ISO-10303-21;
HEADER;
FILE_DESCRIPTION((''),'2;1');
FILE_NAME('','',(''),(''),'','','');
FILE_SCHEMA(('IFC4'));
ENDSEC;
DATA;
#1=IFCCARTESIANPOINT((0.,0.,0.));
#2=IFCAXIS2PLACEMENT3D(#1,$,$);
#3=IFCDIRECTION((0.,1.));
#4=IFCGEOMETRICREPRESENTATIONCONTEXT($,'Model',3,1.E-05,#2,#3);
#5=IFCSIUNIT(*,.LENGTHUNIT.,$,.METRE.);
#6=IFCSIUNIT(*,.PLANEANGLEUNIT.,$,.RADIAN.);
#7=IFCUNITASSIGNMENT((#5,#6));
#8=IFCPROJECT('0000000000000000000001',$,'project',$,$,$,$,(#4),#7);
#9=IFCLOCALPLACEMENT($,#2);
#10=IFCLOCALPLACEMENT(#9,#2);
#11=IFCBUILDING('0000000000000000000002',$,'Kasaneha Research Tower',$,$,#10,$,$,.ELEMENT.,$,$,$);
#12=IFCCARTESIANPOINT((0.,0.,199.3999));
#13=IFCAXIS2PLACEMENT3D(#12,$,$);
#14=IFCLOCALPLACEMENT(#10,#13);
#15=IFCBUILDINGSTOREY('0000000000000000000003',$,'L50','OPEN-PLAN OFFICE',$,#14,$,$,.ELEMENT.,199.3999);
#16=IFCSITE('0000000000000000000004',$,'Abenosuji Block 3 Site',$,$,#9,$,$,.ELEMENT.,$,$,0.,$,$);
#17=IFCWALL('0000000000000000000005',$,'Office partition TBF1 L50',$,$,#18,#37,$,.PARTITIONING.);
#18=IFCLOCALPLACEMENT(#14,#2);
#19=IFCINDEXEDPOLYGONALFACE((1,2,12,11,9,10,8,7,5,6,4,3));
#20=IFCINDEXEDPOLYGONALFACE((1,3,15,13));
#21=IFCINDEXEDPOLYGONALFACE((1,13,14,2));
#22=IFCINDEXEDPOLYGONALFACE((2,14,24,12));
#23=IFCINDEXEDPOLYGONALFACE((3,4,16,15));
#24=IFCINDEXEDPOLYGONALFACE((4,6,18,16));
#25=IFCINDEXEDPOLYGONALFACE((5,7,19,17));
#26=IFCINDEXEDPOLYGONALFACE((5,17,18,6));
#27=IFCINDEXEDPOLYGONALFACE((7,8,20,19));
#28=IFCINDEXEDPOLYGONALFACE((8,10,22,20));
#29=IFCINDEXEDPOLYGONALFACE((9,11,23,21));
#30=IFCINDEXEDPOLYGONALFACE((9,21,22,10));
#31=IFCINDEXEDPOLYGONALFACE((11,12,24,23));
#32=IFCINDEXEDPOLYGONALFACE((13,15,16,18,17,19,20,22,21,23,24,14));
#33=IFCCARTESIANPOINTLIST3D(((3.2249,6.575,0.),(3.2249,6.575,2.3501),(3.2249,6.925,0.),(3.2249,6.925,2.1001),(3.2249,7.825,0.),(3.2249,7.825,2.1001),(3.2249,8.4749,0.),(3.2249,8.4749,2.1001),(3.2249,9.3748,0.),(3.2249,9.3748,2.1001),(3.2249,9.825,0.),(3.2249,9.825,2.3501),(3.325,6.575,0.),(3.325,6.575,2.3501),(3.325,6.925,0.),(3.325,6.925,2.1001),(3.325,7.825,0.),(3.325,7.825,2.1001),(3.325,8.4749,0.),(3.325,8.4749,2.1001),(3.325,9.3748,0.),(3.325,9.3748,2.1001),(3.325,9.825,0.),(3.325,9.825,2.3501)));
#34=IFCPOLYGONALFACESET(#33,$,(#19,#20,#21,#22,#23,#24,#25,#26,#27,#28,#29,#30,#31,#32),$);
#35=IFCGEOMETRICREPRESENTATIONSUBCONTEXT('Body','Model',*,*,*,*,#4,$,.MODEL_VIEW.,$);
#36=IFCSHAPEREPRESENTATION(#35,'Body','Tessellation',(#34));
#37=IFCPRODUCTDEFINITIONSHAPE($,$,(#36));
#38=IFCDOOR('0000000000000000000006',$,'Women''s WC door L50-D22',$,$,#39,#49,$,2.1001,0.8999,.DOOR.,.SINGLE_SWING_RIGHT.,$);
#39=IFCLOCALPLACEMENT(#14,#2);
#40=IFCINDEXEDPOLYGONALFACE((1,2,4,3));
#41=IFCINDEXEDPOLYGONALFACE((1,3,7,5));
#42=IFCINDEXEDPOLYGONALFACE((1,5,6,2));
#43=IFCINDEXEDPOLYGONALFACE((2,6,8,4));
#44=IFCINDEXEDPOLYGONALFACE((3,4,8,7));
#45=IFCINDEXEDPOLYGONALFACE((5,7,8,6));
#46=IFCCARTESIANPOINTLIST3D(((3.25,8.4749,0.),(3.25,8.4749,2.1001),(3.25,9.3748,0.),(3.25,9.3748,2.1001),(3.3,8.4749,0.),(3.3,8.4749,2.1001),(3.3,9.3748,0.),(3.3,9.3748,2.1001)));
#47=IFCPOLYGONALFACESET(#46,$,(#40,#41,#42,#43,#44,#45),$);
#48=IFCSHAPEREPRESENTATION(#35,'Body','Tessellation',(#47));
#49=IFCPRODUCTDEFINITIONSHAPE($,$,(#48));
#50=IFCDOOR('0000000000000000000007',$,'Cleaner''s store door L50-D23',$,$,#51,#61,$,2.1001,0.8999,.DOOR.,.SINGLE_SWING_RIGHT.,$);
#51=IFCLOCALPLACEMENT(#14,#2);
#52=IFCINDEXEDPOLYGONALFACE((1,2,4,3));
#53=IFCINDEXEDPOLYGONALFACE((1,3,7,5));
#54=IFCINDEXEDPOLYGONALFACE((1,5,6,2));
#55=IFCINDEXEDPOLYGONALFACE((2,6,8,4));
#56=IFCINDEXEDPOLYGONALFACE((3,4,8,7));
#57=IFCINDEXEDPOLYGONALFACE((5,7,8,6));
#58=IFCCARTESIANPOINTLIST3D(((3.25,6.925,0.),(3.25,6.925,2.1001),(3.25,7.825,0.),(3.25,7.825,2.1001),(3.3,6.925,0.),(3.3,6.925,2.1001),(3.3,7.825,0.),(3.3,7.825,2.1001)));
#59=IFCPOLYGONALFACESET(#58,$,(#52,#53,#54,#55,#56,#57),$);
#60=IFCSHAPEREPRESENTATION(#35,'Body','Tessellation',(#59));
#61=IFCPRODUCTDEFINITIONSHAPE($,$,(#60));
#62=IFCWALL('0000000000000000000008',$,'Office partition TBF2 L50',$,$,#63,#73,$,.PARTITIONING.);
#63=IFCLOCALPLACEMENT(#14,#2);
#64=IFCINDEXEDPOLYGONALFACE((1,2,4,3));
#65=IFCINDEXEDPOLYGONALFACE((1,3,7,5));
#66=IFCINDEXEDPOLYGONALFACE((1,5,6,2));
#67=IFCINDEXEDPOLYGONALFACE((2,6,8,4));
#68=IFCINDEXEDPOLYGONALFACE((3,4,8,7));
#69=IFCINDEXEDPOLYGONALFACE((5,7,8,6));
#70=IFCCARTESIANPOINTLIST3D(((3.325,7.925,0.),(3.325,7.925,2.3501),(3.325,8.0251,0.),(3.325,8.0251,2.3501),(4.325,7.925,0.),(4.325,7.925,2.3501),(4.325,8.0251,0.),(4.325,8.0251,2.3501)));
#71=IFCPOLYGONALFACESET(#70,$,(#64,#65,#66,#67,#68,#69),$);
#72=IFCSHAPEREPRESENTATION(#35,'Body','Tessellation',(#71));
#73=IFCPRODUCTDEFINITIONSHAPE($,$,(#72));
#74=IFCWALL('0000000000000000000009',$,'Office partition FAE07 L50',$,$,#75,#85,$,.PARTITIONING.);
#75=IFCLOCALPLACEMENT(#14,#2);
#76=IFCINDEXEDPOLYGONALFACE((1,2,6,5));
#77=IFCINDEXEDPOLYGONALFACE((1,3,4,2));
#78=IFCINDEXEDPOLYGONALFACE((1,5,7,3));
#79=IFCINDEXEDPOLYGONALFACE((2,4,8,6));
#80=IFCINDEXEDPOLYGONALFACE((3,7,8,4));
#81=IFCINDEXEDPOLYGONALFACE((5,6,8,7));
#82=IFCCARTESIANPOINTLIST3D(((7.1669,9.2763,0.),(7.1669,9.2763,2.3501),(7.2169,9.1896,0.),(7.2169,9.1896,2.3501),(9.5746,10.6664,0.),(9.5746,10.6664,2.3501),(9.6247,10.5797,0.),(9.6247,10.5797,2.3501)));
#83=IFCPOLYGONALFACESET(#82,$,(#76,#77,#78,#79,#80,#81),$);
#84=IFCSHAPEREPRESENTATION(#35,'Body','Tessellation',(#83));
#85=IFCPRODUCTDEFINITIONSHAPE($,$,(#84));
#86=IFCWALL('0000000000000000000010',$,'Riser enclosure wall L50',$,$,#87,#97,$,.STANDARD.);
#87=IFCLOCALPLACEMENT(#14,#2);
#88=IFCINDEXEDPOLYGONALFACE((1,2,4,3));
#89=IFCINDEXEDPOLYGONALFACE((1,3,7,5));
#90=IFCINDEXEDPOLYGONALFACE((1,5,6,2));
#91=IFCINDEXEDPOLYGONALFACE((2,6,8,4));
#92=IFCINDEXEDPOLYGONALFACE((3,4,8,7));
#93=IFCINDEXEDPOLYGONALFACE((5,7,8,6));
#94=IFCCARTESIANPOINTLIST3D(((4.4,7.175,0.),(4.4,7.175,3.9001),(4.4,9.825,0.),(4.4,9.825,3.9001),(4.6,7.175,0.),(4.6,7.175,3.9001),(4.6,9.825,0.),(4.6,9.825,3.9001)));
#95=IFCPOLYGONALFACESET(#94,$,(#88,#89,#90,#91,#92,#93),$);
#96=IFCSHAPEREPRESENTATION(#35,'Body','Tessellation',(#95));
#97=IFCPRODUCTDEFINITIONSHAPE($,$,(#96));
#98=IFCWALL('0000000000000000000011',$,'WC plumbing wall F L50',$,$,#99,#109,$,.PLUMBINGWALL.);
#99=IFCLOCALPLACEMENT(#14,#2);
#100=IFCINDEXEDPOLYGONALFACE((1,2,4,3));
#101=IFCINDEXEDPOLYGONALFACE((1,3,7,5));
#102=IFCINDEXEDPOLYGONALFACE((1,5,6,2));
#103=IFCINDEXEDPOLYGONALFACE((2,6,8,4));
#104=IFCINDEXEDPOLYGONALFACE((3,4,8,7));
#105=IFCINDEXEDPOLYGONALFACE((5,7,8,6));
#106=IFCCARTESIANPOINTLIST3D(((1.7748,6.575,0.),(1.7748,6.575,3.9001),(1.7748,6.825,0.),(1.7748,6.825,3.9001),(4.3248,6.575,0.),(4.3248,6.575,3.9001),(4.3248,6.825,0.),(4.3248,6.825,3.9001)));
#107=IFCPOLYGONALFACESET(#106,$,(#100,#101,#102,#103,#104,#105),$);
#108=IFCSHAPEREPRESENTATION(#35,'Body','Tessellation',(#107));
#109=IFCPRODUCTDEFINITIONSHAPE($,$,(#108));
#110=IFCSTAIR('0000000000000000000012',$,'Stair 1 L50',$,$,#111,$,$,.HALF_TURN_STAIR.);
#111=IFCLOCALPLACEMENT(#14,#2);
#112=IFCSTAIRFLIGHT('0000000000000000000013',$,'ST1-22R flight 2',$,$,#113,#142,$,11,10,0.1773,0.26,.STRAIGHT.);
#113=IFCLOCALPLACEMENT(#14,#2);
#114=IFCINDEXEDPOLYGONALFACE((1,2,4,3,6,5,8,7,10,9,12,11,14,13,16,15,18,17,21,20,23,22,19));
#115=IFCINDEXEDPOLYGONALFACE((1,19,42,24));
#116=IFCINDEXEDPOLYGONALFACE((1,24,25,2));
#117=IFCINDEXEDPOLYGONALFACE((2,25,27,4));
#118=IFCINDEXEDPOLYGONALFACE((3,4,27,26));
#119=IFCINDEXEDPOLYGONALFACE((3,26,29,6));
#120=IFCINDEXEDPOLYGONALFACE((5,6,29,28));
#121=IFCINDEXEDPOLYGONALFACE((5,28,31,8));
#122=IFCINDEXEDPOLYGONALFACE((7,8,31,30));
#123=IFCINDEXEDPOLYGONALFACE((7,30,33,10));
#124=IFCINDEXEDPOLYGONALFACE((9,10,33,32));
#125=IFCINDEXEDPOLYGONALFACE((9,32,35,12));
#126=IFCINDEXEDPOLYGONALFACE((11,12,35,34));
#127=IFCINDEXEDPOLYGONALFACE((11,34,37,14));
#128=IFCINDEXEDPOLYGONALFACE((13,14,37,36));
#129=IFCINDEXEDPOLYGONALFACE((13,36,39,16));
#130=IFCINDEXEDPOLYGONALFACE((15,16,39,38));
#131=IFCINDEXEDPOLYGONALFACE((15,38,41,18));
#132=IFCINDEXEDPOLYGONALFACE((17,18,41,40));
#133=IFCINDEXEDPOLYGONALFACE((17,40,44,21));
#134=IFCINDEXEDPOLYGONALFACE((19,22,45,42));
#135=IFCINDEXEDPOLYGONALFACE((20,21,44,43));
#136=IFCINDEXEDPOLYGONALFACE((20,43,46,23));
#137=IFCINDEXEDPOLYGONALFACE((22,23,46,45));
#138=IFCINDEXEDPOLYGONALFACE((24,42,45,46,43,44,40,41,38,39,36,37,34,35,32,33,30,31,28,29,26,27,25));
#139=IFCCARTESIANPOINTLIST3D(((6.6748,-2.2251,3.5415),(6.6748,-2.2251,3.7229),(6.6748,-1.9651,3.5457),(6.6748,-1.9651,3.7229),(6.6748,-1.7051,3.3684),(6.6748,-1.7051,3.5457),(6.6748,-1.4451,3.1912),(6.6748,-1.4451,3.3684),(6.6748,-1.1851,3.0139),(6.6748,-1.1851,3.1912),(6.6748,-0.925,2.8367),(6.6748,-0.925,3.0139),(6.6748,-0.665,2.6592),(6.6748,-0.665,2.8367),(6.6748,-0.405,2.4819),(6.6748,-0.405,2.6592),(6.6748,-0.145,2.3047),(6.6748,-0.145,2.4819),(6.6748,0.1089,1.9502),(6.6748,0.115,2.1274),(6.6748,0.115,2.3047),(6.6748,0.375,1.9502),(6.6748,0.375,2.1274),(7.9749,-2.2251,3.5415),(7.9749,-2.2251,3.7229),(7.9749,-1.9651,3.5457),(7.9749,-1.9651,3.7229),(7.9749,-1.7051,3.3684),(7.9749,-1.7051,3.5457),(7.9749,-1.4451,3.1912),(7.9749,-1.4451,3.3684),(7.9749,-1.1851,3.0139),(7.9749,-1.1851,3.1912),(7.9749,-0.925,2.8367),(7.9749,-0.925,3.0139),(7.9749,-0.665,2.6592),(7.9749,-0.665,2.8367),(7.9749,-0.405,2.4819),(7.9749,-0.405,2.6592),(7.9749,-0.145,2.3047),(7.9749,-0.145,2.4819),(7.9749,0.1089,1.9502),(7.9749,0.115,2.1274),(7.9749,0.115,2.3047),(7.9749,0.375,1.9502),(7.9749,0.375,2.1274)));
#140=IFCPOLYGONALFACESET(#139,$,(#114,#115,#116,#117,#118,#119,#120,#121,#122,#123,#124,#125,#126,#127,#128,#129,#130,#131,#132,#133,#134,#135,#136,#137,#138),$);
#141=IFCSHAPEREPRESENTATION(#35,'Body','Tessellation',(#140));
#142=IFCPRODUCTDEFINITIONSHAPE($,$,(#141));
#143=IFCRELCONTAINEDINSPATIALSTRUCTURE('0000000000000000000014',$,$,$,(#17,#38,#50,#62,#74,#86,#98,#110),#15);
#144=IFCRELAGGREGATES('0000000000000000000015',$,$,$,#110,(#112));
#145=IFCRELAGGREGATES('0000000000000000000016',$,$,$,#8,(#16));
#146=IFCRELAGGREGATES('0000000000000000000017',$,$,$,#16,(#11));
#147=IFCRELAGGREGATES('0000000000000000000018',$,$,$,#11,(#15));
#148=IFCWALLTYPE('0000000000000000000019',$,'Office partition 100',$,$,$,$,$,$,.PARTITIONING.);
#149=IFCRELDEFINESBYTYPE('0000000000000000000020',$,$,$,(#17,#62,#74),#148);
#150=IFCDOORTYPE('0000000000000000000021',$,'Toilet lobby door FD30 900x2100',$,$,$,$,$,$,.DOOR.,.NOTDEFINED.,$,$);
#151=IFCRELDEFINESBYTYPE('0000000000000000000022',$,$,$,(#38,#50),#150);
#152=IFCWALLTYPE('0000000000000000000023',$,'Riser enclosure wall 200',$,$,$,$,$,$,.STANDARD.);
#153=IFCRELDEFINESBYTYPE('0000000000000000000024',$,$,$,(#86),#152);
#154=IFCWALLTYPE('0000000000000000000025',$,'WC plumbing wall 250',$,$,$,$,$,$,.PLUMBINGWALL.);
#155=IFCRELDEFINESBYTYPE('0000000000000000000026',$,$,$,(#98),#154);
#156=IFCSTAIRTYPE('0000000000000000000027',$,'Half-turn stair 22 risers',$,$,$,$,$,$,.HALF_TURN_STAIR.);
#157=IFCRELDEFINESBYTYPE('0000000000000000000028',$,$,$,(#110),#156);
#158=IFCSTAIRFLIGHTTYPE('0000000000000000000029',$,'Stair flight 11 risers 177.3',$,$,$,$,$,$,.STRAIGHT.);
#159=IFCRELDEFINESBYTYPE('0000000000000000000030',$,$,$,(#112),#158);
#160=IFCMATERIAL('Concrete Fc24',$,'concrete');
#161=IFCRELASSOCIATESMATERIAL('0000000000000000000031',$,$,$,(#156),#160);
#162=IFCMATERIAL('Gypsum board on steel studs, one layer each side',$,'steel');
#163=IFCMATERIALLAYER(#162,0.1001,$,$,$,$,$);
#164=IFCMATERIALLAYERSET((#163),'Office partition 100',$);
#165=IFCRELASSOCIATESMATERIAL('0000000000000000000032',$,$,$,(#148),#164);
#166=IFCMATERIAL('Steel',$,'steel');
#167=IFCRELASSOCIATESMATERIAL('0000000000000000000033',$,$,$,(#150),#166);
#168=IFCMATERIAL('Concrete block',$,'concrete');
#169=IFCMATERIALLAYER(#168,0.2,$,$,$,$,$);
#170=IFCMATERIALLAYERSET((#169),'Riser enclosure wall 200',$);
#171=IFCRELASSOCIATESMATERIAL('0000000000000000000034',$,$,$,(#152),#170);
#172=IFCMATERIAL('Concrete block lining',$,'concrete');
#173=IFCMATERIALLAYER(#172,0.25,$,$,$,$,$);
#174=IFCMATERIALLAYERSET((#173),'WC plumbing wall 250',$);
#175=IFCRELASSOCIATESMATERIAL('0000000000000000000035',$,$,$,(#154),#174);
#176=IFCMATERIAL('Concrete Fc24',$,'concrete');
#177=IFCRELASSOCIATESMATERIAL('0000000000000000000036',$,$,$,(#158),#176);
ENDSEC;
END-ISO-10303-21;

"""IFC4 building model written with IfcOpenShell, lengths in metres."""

from ifc_helpers import new_model, si_unit, direction, frame, frame_2d, origin, place, context, subcontext, project, spatial, polyline, rectangle, outline, extrude, material, layer, layer_set, type_object, element, fill, aggregate, save


model = new_model("IFC4")

# Units and contexts
model_context = context("Model", 3, precision=1e-05, world=origin(), true_north=direction((0.0, 1.0)))
body_context = subcontext(model_context, "Body", "Model", "MODEL_VIEW")
ifc_project = project(units=[si_unit("LENGTHUNIT", "METRE"), si_unit("PLANEANGLEUNIT", "RADIAN")], contexts=[model_context])

# Site, building, storey
site_placement = place(None, origin())
site = spatial("IfcSite", under=ifc_project, at=site_placement, Name="Abenosuji Block 3 Site", CompositionType="ELEMENT", RefElevation=0.0)
building_placement = place(site_placement, origin())
building = spatial("IfcBuilding", under=site, at=building_placement, Name="Kasaneha Research Tower", CompositionType="ELEMENT")
storey_placement = place(building_placement, frame((0.0, 0.0, 199.3999)))
storey = spatial("IfcBuildingStorey", under=building, at=storey_placement, Name="L50", Description="OPEN-PLAN OFFICE", CompositionType="ELEMENT", Elevation=199.3999)

# Shared definitions
ifc_material_1 = material(Name="Concrete Fc24", Category="concrete")
stair_type = type_object("IfcStairType", Name="Half-turn stair 22 risers", PredefinedType="HALF_TURN_STAIR", material=ifc_material_1)

# Wall, openings, doors
ifc_material_2 = material(Name="Gypsum board on steel studs, one layer each side", Category="steel")
ifc_layer_1 = layer(ifc_material_2, 0.1001)
ifc_layer_set_1 = layer_set([ifc_layer_1], Name="Office partition 100")
wall_type_1 = type_object("IfcWallType", Name="Office partition 100", PredefinedType="PARTITIONING", material=ifc_layer_set_1)
wall_1_placement = place(storey_placement, frame((3.2749, 6.575, 0.0), z_axis=(0.0, 0.0, 1.0), x_axis=(0.0, 1.0, 0.0)))
wall_1 = element("IfcWall", 1, at=wall_1_placement, inside=storey, type_object=wall_type_1, Name="Office partition TBF1 L50", PredefinedType="PARTITIONING", context=body_context, shape_type="SweptSolid", body=[
    extrude(rectangle(XDim=3.25, YDim=0.1001, at=frame_2d((1.625, 0.0))), origin(), (0.0, 0.0, 1.0), 2.3501),
])
opening_1_placement = place(wall_1_placement, frame((1.8999, 0.0, 0.0)))
opening_1 = element("IfcOpeningElement", 2, at=opening_1_placement, cuts=wall_1, PredefinedType="OPENING", context=body_context, shape_type="SweptSolid", body=[
    extrude(rectangle(XDim=0.8999, YDim=2.1001, at=frame_2d((0.45, 1.05))), frame((0.0, 0.0601, 0.0), z_axis=(0.0, -1.0, 0.0), x_axis=(1.0, 0.0, 0.0)), (0.0, 0.0, 1.0), 0.1201),
])
opening_2_placement = place(wall_1_placement, frame((0.3501, 0.0, 0.0)))
opening_2 = element("IfcOpeningElement", 3, at=opening_2_placement, cuts=wall_1, PredefinedType="OPENING", context=body_context, shape_type="SweptSolid", body=[
    extrude(rectangle(XDim=0.8999, YDim=2.1001, at=frame_2d((0.45, 1.05))), frame((0.0, 0.0601, 0.0), z_axis=(0.0, -1.0, 0.0), x_axis=(1.0, 0.0, 0.0)), (0.0, 0.0, 1.0), 0.1201),
])
ifc_material_3 = material(Name="Steel", Category="steel")
door_type_1 = type_object("IfcDoorType", Name="Toilet lobby door FD30 900x2100", OperationType="NOTDEFINED", PredefinedType="DOOR", material=ifc_material_3)
door_1_placement = place(opening_1_placement, origin())
door_1 = element("IfcDoor", 4, at=door_1_placement, inside=storey, type_object=door_type_1, Name="Women's WC door L50-D22", OperationType="SINGLE_SWING_RIGHT", OverallHeight=2.1001, OverallWidth=0.8999, PredefinedType="DOOR", context=body_context, shape_type="SweptSolid", body=[
    extrude(rectangle(XDim=0.8999, YDim=2.1001, at=frame_2d((0.45, 1.05))), frame((0.0, 0.0249, 0.0), z_axis=(0.0, -1.0, 0.0), x_axis=(1.0, 0.0, 0.0)), (0.0, 0.0, 1.0), 0.05),
])
fill(opening_1, door_1)
door_2_placement = place(opening_2_placement, origin())
door_2 = element("IfcDoor", 5, at=door_2_placement, inside=storey, type_object=door_type_1, Name="Cleaner's store door L50-D23", OperationType="SINGLE_SWING_RIGHT", OverallHeight=2.1001, OverallWidth=0.8999, PredefinedType="DOOR", context=body_context, shape_type="SweptSolid", body=[
    extrude(rectangle(XDim=0.8999, YDim=2.1001, at=frame_2d((0.45, 1.05))), frame((0.0, 0.0249, 0.0), z_axis=(0.0, -1.0, 0.0), x_axis=(1.0, 0.0, 0.0)), (0.0, 0.0, 1.0), 0.05),
])
fill(opening_2, door_2)

# Walls
wall_2_placement = place(storey_placement, frame((3.325, 7.9751, 0.0), z_axis=(0.0, 0.0, 1.0), x_axis=(1.0, 0.0, 0.0)))
element("IfcWall", 6, at=wall_2_placement, inside=storey, type_object=wall_type_1, Name="Office partition TBF2 L50", PredefinedType="PARTITIONING", context=body_context, shape_type="SweptSolid", body=[
    extrude(rectangle(XDim=1.0, YDim=0.1001, at=frame_2d((0.5, 0.0))), origin(), (0.0, 0.0, 1.0), 2.3501),
])
wall_3_placement = place(storey_placement, frame((7.1919, 9.2329, 0.0), z_axis=(0.0, 0.0, 1.0), x_axis=(0.866019, 0.500011, 0.0)))
element("IfcWall", 7, at=wall_3_placement, inside=storey, type_object=wall_type_1, Name="Office partition FAE07 L50", PredefinedType="PARTITIONING", context=body_context, shape_type="SweptSolid", body=[
    extrude(rectangle(XDim=2.7803, YDim=0.1001, at=frame_2d((1.3901, 0.0))), origin(), (0.0, 0.0, 1.0), 2.3501),
])
ifc_material_4 = material(Name="Concrete block", Category="concrete")
ifc_layer_2 = layer(ifc_material_4, 0.2)
ifc_layer_set_2 = layer_set([ifc_layer_2], Name="Riser enclosure wall 200")
wall_type_2 = type_object("IfcWallType", Name="Riser enclosure wall 200", PredefinedType="STANDARD", material=ifc_layer_set_2)
wall_4_placement = place(storey_placement, frame((4.5, 7.175, 0.0), z_axis=(0.0, 0.0, 1.0), x_axis=(0.0, 1.0, 0.0)))
element("IfcWall", 8, at=wall_4_placement, inside=storey, type_object=wall_type_2, Name="Riser enclosure wall L50", PredefinedType="STANDARD", context=body_context, shape_type="SweptSolid", body=[
    extrude(rectangle(XDim=2.6499, YDim=0.2, at=frame_2d((1.325, 0.0))), origin(), (0.0, 0.0, 1.0), 3.9001),
])
ifc_material_5 = material(Name="Concrete block lining", Category="concrete")
ifc_layer_3 = layer(ifc_material_5, 0.25)
ifc_layer_set_3 = layer_set([ifc_layer_3], Name="WC plumbing wall 250")
wall_type_3 = type_object("IfcWallType", Name="WC plumbing wall 250", PredefinedType="PLUMBINGWALL", material=ifc_layer_set_3)
wall_5_placement = place(storey_placement, frame((1.7749, 6.7, 0.0), z_axis=(0.0, 0.0, 1.0), x_axis=(1.0, 0.0, 0.0)))
element("IfcWall", 9, at=wall_5_placement, inside=storey, type_object=wall_type_3, Name="WC plumbing wall F L50", PredefinedType="PLUMBINGWALL", context=body_context, shape_type="SweptSolid", body=[
    extrude(rectangle(XDim=2.55, YDim=0.25, at=frame_2d((1.2749, 0.0))), origin(), (0.0, 0.0, 1.0), 3.9001),
])

# Stair, stair flight
stair_1_placement = place(storey_placement, origin())
stair_1 = element("IfcStair", 10, at=stair_1_placement, inside=storey, type_object=stair_type, Name="Stair 1 L50", PredefinedType="HALF_TURN_STAIR")
ifc_material_6 = material(Name="Concrete Fc24", Category="concrete")
stair_flight_type = type_object("IfcStairFlightType", Name="Stair flight 11 risers 177.3", PredefinedType="STRAIGHT", material=ifc_material_6)
stair_flight_placement = place(storey_placement, frame((7.325, 0.375, 1.9502), z_axis=(0.0, 0.0, 1.0), x_axis=(0.0, -1.0, 0.0)))
stair_flight = element("IfcStairFlight", 11, at=stair_flight_placement, type_object=stair_flight_type, Name="ST1-22R flight 2", NumberOfRisers=11, NumberOfTreads=10, PredefinedType="STRAIGHT", RiserHeight=0.1773, TreadLength=0.26, context=body_context, shape_type="SweptSolid", body=[
    extrude(outline(polyline([(0.0, 0.0), (0.0, 0.1772), (0.26, 0.1772), (0.26, 0.3545), (0.52, 0.3545), (0.52, 0.5317), (0.78, 0.5317), (0.78, 0.709), (1.04, 0.709), (1.04, 0.8865), (1.3, 0.8865), (1.3, 1.0637), (1.5601, 1.0637), (1.5601, 1.241), (1.8201, 1.241), (1.8201, 1.4182), (2.0801, 1.4182), (2.0801, 1.5955), (2.3401, 1.5955), (2.3401, 1.7727), (2.6001, 1.7727), (2.6001, 1.95), (2.6001, 1.5913), (0.2661, 0.0), (0.0, 0.0)])), frame((0.0, 0.6499, 0.0), z_axis=(0.0, -1.0, 0.0), x_axis=(1.0, 0.0, 0.0)), (0.0, 0.0, 1.0), 1.3),
])
aggregate(stair_1, [stair_flight])

save(model, "model.ifc")
